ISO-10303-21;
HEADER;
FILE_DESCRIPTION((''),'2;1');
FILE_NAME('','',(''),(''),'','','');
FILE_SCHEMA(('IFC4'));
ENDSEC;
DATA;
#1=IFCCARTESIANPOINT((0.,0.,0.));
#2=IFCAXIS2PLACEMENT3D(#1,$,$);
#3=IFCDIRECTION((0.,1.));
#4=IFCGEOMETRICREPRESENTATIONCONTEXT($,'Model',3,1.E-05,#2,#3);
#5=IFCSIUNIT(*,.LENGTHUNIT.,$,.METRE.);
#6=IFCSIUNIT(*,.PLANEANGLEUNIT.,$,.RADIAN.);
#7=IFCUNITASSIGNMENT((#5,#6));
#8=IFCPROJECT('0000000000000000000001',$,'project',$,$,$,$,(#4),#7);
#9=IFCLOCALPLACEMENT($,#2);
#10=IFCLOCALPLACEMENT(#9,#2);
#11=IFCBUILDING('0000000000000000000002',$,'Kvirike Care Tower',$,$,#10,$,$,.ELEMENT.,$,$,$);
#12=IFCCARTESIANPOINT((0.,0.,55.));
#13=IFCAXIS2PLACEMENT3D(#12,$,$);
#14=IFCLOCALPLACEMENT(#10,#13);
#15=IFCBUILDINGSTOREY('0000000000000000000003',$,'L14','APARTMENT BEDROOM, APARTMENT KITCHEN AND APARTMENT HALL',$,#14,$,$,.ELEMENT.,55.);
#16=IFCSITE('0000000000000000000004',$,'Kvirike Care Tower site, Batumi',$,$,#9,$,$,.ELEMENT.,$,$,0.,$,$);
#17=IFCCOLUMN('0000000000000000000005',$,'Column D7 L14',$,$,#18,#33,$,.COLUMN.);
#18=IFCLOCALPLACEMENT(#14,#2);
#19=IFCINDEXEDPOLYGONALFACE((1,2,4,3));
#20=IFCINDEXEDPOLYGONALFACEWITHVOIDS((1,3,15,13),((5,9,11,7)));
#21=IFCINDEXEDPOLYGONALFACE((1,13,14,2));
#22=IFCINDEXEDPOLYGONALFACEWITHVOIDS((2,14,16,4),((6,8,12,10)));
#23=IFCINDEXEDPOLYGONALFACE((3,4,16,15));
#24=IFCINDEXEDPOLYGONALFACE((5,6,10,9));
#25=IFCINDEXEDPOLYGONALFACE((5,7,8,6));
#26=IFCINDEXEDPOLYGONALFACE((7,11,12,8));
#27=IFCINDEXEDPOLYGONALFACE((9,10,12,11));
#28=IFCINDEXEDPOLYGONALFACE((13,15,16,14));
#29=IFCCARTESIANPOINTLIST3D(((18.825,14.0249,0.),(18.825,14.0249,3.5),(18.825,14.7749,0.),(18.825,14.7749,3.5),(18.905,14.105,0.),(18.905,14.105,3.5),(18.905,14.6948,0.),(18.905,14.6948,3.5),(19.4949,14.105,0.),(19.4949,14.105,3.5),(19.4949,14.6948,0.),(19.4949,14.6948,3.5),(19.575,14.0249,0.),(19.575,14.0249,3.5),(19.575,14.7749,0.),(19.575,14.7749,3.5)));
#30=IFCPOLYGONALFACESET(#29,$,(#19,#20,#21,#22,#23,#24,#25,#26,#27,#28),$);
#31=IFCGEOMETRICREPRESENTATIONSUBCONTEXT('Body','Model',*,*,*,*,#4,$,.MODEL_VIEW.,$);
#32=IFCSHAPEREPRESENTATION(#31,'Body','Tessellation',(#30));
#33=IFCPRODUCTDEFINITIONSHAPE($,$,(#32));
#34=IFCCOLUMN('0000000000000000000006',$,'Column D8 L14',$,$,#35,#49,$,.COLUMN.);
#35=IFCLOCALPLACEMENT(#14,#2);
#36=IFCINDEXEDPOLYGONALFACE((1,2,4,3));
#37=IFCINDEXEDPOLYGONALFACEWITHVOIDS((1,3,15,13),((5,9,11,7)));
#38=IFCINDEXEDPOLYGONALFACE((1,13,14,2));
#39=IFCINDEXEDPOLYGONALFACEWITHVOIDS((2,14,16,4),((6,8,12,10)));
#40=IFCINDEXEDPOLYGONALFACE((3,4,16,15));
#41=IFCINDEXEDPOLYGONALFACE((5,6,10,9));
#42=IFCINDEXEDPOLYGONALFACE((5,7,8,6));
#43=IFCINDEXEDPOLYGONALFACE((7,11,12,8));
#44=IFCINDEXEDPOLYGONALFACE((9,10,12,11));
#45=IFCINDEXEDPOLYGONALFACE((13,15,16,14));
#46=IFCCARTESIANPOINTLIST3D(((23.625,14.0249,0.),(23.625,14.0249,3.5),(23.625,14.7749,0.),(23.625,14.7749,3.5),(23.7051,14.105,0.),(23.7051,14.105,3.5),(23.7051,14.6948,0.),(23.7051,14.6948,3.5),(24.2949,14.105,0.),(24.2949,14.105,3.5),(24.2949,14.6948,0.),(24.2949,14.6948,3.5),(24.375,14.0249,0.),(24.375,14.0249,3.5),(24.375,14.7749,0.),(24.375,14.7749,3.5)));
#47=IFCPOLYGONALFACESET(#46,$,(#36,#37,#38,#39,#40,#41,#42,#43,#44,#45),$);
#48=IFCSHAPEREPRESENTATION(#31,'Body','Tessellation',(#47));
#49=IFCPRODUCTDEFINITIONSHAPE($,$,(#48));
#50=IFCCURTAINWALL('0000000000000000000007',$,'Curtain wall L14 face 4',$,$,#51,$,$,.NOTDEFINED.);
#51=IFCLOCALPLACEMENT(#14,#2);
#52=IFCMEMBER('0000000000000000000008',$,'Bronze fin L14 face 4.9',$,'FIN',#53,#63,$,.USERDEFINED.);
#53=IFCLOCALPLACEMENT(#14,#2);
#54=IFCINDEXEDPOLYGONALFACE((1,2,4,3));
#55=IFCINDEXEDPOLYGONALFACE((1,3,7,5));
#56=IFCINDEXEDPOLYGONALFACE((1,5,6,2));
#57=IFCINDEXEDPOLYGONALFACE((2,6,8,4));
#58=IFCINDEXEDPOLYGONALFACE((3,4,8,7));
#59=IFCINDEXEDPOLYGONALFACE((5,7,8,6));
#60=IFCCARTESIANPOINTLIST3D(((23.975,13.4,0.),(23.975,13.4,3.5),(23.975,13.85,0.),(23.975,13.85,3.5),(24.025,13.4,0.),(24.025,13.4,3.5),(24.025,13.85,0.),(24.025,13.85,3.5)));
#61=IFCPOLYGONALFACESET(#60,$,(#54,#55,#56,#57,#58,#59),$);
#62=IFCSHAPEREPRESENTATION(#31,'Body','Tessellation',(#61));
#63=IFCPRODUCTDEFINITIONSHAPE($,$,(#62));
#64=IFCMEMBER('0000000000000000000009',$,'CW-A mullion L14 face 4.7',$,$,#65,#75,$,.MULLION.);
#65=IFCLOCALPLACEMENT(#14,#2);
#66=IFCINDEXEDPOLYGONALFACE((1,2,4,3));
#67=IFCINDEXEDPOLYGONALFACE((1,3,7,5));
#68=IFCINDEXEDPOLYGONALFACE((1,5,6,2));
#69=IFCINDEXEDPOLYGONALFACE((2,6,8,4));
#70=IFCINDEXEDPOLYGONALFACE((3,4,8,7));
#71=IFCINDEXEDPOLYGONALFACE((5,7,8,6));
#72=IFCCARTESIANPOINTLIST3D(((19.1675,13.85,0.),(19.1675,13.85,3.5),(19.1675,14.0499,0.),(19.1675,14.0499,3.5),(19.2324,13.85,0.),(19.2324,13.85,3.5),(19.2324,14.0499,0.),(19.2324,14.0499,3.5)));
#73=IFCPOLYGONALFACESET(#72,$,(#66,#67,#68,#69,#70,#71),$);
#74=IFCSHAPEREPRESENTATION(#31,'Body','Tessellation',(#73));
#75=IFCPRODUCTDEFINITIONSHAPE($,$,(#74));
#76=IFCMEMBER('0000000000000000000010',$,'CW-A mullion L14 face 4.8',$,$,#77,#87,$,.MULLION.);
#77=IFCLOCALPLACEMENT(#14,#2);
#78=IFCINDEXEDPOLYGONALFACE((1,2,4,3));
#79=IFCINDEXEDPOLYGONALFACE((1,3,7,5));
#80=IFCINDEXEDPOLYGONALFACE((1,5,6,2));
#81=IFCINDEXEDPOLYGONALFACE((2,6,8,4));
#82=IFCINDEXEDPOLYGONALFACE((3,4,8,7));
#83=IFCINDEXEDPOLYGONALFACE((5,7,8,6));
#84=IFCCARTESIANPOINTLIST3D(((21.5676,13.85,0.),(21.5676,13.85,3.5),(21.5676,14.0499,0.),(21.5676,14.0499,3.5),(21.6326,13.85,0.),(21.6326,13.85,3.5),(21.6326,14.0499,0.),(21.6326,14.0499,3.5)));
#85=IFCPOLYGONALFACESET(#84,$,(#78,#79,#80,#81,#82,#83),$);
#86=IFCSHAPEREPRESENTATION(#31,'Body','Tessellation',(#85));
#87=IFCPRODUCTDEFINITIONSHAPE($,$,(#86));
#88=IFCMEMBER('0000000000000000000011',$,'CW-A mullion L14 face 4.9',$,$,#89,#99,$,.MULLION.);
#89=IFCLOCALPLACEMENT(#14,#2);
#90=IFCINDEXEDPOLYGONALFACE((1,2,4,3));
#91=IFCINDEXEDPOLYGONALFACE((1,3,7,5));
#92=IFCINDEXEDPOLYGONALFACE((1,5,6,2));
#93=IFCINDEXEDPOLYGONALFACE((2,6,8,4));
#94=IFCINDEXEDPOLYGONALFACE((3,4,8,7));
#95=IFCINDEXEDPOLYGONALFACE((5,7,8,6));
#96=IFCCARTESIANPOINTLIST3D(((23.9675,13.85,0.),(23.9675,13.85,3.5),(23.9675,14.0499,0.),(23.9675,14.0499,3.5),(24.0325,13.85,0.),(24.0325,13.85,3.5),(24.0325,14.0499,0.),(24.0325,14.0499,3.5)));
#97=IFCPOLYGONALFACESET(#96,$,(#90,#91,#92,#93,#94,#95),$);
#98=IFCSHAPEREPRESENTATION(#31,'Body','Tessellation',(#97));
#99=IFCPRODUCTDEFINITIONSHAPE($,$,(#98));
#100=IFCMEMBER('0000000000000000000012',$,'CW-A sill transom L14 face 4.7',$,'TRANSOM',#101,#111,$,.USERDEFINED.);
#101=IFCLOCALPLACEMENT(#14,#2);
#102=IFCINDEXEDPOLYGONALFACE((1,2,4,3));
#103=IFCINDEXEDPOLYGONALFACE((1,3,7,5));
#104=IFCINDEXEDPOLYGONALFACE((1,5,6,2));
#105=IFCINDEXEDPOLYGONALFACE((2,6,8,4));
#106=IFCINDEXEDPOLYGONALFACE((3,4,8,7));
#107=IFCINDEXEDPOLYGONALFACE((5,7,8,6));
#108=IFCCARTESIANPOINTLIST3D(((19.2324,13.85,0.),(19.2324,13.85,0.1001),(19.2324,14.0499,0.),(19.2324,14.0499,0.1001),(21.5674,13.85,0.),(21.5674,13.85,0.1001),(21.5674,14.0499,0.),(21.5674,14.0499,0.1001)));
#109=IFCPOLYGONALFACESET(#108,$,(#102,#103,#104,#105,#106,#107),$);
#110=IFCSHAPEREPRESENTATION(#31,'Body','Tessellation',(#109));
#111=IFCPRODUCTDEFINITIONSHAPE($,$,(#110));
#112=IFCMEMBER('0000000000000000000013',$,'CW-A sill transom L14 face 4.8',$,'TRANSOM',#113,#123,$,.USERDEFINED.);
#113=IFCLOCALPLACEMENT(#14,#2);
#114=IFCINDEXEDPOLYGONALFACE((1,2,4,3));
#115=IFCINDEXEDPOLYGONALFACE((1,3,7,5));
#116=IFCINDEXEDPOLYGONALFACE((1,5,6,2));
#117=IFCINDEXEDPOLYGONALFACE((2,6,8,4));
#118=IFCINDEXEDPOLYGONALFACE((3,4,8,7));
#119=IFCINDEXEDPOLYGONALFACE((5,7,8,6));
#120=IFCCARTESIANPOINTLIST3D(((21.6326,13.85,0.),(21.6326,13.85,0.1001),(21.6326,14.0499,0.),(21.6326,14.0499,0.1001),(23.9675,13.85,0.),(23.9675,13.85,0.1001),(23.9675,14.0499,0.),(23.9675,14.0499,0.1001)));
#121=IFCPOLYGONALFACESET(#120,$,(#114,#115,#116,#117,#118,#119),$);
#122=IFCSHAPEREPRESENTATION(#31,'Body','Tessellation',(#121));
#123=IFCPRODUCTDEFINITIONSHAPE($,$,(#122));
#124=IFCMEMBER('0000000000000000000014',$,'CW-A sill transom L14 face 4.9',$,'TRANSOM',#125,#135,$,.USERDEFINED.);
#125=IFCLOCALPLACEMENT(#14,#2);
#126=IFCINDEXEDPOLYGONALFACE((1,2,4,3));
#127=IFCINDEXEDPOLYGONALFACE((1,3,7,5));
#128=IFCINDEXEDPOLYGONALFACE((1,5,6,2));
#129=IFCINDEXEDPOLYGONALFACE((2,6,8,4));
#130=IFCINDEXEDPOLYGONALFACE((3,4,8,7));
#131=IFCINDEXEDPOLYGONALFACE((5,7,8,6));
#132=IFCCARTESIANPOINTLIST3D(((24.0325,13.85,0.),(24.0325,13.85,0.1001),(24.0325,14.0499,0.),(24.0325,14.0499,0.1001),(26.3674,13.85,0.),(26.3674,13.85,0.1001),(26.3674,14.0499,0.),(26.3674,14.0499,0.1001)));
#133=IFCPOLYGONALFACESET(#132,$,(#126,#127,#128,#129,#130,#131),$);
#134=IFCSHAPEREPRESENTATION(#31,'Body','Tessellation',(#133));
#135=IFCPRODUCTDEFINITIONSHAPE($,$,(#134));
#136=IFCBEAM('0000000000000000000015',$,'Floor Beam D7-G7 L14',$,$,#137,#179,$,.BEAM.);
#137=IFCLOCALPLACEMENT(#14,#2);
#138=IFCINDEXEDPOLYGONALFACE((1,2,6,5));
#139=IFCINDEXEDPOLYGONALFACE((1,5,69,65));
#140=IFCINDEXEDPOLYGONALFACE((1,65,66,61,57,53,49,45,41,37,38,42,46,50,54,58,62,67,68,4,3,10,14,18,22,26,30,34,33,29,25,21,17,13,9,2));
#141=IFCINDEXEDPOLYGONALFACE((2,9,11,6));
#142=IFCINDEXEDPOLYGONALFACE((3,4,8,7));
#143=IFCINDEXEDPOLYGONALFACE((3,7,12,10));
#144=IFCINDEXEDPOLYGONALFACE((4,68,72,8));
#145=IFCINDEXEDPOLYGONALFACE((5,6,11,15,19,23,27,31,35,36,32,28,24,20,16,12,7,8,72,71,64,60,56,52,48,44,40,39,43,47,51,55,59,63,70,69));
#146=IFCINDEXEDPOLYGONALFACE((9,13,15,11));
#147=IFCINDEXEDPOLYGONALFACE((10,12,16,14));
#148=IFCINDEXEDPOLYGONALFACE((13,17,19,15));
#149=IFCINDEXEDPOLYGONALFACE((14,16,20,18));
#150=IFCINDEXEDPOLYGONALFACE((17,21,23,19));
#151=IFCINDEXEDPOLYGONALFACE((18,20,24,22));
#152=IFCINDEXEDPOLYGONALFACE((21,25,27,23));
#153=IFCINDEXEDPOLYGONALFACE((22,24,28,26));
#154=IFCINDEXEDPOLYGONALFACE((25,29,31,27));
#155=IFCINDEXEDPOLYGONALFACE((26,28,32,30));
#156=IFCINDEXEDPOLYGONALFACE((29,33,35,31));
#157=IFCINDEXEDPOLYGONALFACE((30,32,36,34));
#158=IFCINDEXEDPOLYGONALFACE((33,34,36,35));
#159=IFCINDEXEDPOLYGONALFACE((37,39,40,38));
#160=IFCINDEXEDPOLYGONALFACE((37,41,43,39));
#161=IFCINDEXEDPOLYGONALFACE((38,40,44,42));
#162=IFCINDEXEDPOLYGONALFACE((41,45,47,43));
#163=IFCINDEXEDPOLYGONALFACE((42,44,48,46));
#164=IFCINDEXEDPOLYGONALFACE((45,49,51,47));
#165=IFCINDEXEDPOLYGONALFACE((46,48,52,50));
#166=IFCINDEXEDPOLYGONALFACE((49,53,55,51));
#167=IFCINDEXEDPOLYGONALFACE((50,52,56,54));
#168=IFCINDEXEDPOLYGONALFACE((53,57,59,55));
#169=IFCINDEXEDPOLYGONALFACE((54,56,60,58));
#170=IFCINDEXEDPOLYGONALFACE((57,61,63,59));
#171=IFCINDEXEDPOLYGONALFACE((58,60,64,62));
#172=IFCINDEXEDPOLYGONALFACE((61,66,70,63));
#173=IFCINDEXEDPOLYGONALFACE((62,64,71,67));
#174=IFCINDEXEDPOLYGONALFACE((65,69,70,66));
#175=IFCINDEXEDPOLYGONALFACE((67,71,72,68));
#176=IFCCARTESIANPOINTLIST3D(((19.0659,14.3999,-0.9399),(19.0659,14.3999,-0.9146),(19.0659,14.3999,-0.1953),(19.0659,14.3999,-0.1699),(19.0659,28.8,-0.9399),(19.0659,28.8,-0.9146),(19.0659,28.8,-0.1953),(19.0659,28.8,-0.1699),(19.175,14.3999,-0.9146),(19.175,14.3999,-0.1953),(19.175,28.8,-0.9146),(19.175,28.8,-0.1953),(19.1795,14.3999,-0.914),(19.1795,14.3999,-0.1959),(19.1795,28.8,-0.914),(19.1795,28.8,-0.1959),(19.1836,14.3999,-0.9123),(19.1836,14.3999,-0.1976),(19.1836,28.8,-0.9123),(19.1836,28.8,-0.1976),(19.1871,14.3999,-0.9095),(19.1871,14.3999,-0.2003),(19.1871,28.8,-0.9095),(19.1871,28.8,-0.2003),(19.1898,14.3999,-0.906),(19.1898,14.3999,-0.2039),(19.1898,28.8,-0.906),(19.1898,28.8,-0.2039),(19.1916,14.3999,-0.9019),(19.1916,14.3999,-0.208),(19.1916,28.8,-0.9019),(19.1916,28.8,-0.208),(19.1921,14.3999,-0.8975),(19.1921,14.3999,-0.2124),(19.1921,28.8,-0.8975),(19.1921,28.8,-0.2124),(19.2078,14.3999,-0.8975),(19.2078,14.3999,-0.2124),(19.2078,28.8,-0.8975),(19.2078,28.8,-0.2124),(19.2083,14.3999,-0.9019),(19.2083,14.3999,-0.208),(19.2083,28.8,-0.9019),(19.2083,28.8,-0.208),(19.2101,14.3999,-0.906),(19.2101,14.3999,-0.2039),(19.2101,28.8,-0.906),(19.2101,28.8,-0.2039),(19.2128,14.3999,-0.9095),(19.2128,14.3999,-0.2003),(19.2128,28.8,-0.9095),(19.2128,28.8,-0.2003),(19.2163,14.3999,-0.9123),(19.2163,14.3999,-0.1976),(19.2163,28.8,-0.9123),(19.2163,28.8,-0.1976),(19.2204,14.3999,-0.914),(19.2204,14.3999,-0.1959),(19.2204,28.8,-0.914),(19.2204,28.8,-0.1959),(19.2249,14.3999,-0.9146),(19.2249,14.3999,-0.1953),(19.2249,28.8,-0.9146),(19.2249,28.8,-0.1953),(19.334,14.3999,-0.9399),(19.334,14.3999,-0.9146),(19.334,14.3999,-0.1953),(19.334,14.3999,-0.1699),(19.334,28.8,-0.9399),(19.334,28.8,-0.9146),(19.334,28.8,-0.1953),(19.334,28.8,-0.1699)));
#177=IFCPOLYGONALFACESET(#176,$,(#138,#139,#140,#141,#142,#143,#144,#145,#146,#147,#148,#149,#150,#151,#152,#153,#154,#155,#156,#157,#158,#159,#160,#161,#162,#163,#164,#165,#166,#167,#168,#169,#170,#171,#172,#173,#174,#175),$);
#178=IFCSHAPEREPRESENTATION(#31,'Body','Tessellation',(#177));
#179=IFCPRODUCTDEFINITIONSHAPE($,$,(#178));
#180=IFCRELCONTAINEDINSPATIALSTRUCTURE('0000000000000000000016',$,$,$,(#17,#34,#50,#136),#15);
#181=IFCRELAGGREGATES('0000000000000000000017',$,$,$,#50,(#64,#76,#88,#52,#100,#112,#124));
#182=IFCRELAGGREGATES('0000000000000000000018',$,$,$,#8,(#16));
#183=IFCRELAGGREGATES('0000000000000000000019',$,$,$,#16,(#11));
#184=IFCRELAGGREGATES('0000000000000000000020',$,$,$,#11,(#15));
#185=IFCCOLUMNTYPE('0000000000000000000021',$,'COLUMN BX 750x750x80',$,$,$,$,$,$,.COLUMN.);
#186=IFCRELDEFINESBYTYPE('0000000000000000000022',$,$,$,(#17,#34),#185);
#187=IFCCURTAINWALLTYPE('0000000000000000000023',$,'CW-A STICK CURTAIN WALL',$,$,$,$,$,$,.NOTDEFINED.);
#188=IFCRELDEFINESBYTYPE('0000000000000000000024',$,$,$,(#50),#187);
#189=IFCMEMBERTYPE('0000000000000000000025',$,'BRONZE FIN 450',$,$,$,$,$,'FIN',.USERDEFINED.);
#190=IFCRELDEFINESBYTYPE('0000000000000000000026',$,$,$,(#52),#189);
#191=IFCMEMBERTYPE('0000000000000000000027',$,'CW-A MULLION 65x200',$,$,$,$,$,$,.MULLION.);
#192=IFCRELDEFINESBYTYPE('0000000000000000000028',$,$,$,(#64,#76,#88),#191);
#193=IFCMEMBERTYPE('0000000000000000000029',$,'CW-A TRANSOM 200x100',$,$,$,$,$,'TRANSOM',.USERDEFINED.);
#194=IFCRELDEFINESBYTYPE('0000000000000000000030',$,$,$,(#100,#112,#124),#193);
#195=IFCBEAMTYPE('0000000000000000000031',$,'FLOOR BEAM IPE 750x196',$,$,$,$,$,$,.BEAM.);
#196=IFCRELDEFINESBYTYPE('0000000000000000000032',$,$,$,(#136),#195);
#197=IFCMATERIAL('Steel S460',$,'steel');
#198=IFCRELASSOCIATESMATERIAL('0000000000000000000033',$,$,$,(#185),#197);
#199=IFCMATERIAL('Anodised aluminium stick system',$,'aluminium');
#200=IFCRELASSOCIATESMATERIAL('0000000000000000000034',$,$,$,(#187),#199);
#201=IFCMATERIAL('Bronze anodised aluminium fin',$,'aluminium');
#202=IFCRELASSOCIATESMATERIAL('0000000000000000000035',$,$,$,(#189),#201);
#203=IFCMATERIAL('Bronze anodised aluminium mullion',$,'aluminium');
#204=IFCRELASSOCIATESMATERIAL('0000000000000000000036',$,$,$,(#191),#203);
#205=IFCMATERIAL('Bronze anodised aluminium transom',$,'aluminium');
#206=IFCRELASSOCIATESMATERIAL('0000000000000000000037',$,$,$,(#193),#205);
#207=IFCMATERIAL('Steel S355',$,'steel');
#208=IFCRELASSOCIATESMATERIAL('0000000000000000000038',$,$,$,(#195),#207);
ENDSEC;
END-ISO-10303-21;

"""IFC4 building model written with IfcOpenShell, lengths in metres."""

from ifc_helpers import new_model, si_unit, direction, frame, origin, origin_2d, place, context, subcontext, project, spatial, rectangle, hollow_rectangle, i_section, extrude, material, material_profile, profile_set, type_object, element, aggregate, save


model = new_model("IFC4")

# Units and contexts
model_context = context("Model", 3, precision=1e-05, world=origin(), true_north=direction((0.0, 1.0)))
body_context = subcontext(model_context, "Body", "Model", "MODEL_VIEW")
ifc_project = project(units=[si_unit("LENGTHUNIT", "METRE"), si_unit("PLANEANGLEUNIT", "RADIAN")], contexts=[model_context])

# Site, building, storey
site_placement = place(None, origin())
site = spatial("IfcSite", under=ifc_project, at=site_placement, Name="Kvirike Care Tower site, Batumi", CompositionType="ELEMENT", RefElevation=0.0)
building_placement = place(site_placement, origin())
building = spatial("IfcBuilding", under=site, at=building_placement, Name="Kvirike Care Tower", CompositionType="ELEMENT")
storey_placement = place(building_placement, frame((0.0, 0.0, 55.0)))
storey = spatial("IfcBuildingStorey", under=building, at=storey_placement, Name="L14", Description="APARTMENT BEDROOM, APARTMENT KITCHEN AND APARTMENT HALL", CompositionType="ELEMENT", Elevation=55.0)

# Columns
ifc_material_1 = material(Name="Steel S460", Category="steel")
ifc_material_profile_1 = material_profile(ifc_material_1, hollow_rectangle(XDim=0.75, YDim=0.75, WallThickness=0.0801, at=origin_2d()), Name="BX 750x750x80")
ifc_profile_set_1 = profile_set([ifc_material_profile_1], Name="Steel S460")
column_type = type_object("IfcColumnType", Name="COLUMN BX 750x750x80", PredefinedType="COLUMN", material=ifc_profile_set_1)
for number, where, z_axis, x_axis, name in (
    (1, (19.2, 14.3999, 0.0), (0.0, 0.0, 1.0), (0.0, 1.0, 0.0), "Column D7 L14"),
    (2, (24.0, 14.3999, 0.0), (0.0, 0.0, 1.0), (0.0, 1.0, 0.0), "Column D8 L14"),
):
    element("IfcColumn", number, at=place(storey_placement, frame(where, z_axis=z_axis, x_axis=x_axis)), inside=storey, type_object=column_type, Name=name, PredefinedType="COLUMN", context=body_context, shape_type="SweptSolid", body=[
        extrude(hollow_rectangle(XDim=0.75, YDim=0.75, WallThickness=0.0801, at=origin_2d()), origin(), (0.0, 0.0, 1.0), 3.5),
    ])

# Curtain wall, members
ifc_material_2 = material(Name="Anodised aluminium stick system", Category="aluminium")
curtain_wall_type = type_object("IfcCurtainWallType", Name="CW-A STICK CURTAIN WALL", PredefinedType="NOTDEFINED", material=ifc_material_2)
curtain_wall_placement = place(storey_placement, origin())
curtain_wall = element("IfcCurtainWall", 3, at=curtain_wall_placement, inside=storey, type_object=curtain_wall_type, Name="Curtain wall L14 face 4", PredefinedType="NOTDEFINED")
ifc_material_3 = material(Name="Bronze anodised aluminium fin", Category="aluminium")
ifc_material_profile_2 = material_profile(ifc_material_3, rectangle(XDim=0.05, YDim=0.45, at=origin_2d()), Name="BRONZE FIN 450")
ifc_profile_set_2 = profile_set([ifc_material_profile_2], Name="Bronze anodised aluminium fin")
member_type_1 = type_object("IfcMemberType", Name="BRONZE FIN 450", ElementType="FIN", PredefinedType="USERDEFINED", material=ifc_profile_set_2)
member_1_placement = place(storey_placement, frame((24.0, 13.625, 0.0), z_axis=(0.0, 0.0, 1.0), x_axis=(1.0, 0.0, 0.0)))
member_1 = element("IfcMember", 4, at=member_1_placement, type_object=member_type_1, Name="Bronze fin L14 face 4.9", ObjectType="FIN", PredefinedType="USERDEFINED", context=body_context, shape_type="SweptSolid", body=[
    extrude(rectangle(XDim=0.05, YDim=0.45, at=origin_2d()), origin(), (0.0, 0.0, 1.0), 3.5),
])
ifc_material_4 = material(Name="Bronze anodised aluminium mullion", Category="aluminium")
ifc_material_profile_3 = material_profile(ifc_material_4, rectangle(XDim=0.0649, YDim=0.2, at=origin_2d()), Name="CW-A MULLION 65x200")
ifc_profile_set_3 = profile_set([ifc_material_profile_3], Name="Bronze anodised aluminium mullion")
member_type_2 = type_object("IfcMemberType", Name="CW-A MULLION 65x200", PredefinedType="MULLION", material=ifc_profile_set_3)
member_2_placement = place(storey_placement, frame((19.2, 13.95, 0.0), z_axis=(0.0, 0.0, 1.0), x_axis=(1.0, 0.0, 0.0)))
member_2 = element("IfcMember", 5, at=member_2_placement, type_object=member_type_2, Name="CW-A mullion L14 face 4.7", PredefinedType="MULLION", context=body_context, shape_type="SweptSolid", body=[
    extrude(rectangle(XDim=0.0649, YDim=0.2, at=origin_2d()), origin(), (0.0, 0.0, 1.0), 3.5),
])
member_3_placement = place(storey_placement, frame((21.6001, 13.95, 0.0), z_axis=(0.0, 0.0, 1.0), x_axis=(1.0, 0.0, 0.0)))
member_3 = element("IfcMember", 6, at=member_3_placement, type_object=member_type_2, Name="CW-A mullion L14 face 4.8", PredefinedType="MULLION", context=body_context, shape_type="SweptSolid", body=[
    extrude(rectangle(XDim=0.0649, YDim=0.2, at=origin_2d()), origin(), (0.0, 0.0, 1.0), 3.5),
])
member_4_placement = place(storey_placement, frame((24.0, 13.95, 0.0), z_axis=(0.0, 0.0, 1.0), x_axis=(1.0, 0.0, 0.0)))
member_4 = element("IfcMember", 7, at=member_4_placement, type_object=member_type_2, Name="CW-A mullion L14 face 4.9", PredefinedType="MULLION", context=body_context, shape_type="SweptSolid", body=[
    extrude(rectangle(XDim=0.0649, YDim=0.2, at=origin_2d()), origin(), (0.0, 0.0, 1.0), 3.5),
])
ifc_material_5 = material(Name="Bronze anodised aluminium transom", Category="aluminium")
ifc_material_profile_4 = material_profile(ifc_material_5, rectangle(XDim=0.2, YDim=0.1001, at=origin_2d()), Name="CW-A TRANSOM 200x100")
ifc_profile_set_4 = profile_set([ifc_material_profile_4], Name="Bronze anodised aluminium transom")
member_type_3 = type_object("IfcMemberType", Name="CW-A TRANSOM 200x100", ElementType="TRANSOM", PredefinedType="USERDEFINED", material=ifc_profile_set_4)
member_5_placement = place(storey_placement, frame((19.2324, 13.95, 0.05), z_axis=(1.0, 0.0, 0.0), x_axis=(0.0, 1.0, 0.0)))
member_5 = element("IfcMember", 8, at=member_5_placement, type_object=member_type_3, Name="CW-A sill transom L14 face 4.7", ObjectType="TRANSOM", PredefinedType="USERDEFINED", context=body_context, shape_type="SweptSolid", body=[
    extrude(rectangle(XDim=0.2, YDim=0.1001, at=origin_2d()), origin(), (0.0, 0.0, 1.0), 2.335),
])
member_6_placement = place(storey_placement, frame((21.6326, 13.95, 0.05), z_axis=(1.0, 0.0, 0.0), x_axis=(0.0, 1.0, 0.0)))
member_6 = element("IfcMember", 9, at=member_6_placement, type_object=member_type_3, Name="CW-A sill transom L14 face 4.8", ObjectType="TRANSOM", PredefinedType="USERDEFINED", context=body_context, shape_type="SweptSolid", body=[
    extrude(rectangle(XDim=0.2, YDim=0.1001, at=origin_2d()), origin(), (0.0, 0.0, 1.0), 2.335),
])
member_7_placement = place(storey_placement, frame((24.0325, 13.95, 0.05), z_axis=(1.0, 0.0, 0.0), x_axis=(0.0, 1.0, 0.0)))
member_7 = element("IfcMember", 10, at=member_7_placement, type_object=member_type_3, Name="CW-A sill transom L14 face 4.9", ObjectType="TRANSOM", PredefinedType="USERDEFINED", context=body_context, shape_type="SweptSolid", body=[
    extrude(rectangle(XDim=0.2, YDim=0.1001, at=origin_2d()), origin(), (0.0, 0.0, 1.0), 2.335),
])

# Beam
ifc_material_6 = material(Name="Steel S355", Category="steel")
ifc_material_profile_5 = material_profile(ifc_material_6, i_section(OverallWidth=0.2681, OverallDepth=0.77, WebThickness=0.0156, FlangeThickness=0.0254, FilletRadius=0.0171, at=origin_2d()), Name="IPE 750x196")
ifc_profile_set_5 = profile_set([ifc_material_profile_5], Name="Steel S355")
beam_type_1 = type_object("IfcBeamType", Name="FLOOR BEAM IPE 750x196", PredefinedType="BEAM", material=ifc_profile_set_5)
beam_placement = place(storey_placement, frame((19.2, 14.3999, -0.5549), z_axis=(0.0, 1.0, 0.0), x_axis=(-1.0, 0.0, 0.0)))
element("IfcBeam", 11, at=beam_placement, inside=storey, type_object=beam_type_1, Name="Floor Beam D7-G7 L14", PredefinedType="BEAM", context=body_context, shape_type="SweptSolid", body=[
    extrude(i_section(OverallWidth=0.2681, OverallDepth=0.77, WebThickness=0.0156, FlangeThickness=0.0254, FilletRadius=0.0171, at=origin_2d()), origin(), (0.0, 0.0, 1.0), 14.4001),
])

aggregate(curtain_wall, [member_2, member_3, member_4, member_1, member_5, member_6, member_7])

save(model, "model.ifc")
